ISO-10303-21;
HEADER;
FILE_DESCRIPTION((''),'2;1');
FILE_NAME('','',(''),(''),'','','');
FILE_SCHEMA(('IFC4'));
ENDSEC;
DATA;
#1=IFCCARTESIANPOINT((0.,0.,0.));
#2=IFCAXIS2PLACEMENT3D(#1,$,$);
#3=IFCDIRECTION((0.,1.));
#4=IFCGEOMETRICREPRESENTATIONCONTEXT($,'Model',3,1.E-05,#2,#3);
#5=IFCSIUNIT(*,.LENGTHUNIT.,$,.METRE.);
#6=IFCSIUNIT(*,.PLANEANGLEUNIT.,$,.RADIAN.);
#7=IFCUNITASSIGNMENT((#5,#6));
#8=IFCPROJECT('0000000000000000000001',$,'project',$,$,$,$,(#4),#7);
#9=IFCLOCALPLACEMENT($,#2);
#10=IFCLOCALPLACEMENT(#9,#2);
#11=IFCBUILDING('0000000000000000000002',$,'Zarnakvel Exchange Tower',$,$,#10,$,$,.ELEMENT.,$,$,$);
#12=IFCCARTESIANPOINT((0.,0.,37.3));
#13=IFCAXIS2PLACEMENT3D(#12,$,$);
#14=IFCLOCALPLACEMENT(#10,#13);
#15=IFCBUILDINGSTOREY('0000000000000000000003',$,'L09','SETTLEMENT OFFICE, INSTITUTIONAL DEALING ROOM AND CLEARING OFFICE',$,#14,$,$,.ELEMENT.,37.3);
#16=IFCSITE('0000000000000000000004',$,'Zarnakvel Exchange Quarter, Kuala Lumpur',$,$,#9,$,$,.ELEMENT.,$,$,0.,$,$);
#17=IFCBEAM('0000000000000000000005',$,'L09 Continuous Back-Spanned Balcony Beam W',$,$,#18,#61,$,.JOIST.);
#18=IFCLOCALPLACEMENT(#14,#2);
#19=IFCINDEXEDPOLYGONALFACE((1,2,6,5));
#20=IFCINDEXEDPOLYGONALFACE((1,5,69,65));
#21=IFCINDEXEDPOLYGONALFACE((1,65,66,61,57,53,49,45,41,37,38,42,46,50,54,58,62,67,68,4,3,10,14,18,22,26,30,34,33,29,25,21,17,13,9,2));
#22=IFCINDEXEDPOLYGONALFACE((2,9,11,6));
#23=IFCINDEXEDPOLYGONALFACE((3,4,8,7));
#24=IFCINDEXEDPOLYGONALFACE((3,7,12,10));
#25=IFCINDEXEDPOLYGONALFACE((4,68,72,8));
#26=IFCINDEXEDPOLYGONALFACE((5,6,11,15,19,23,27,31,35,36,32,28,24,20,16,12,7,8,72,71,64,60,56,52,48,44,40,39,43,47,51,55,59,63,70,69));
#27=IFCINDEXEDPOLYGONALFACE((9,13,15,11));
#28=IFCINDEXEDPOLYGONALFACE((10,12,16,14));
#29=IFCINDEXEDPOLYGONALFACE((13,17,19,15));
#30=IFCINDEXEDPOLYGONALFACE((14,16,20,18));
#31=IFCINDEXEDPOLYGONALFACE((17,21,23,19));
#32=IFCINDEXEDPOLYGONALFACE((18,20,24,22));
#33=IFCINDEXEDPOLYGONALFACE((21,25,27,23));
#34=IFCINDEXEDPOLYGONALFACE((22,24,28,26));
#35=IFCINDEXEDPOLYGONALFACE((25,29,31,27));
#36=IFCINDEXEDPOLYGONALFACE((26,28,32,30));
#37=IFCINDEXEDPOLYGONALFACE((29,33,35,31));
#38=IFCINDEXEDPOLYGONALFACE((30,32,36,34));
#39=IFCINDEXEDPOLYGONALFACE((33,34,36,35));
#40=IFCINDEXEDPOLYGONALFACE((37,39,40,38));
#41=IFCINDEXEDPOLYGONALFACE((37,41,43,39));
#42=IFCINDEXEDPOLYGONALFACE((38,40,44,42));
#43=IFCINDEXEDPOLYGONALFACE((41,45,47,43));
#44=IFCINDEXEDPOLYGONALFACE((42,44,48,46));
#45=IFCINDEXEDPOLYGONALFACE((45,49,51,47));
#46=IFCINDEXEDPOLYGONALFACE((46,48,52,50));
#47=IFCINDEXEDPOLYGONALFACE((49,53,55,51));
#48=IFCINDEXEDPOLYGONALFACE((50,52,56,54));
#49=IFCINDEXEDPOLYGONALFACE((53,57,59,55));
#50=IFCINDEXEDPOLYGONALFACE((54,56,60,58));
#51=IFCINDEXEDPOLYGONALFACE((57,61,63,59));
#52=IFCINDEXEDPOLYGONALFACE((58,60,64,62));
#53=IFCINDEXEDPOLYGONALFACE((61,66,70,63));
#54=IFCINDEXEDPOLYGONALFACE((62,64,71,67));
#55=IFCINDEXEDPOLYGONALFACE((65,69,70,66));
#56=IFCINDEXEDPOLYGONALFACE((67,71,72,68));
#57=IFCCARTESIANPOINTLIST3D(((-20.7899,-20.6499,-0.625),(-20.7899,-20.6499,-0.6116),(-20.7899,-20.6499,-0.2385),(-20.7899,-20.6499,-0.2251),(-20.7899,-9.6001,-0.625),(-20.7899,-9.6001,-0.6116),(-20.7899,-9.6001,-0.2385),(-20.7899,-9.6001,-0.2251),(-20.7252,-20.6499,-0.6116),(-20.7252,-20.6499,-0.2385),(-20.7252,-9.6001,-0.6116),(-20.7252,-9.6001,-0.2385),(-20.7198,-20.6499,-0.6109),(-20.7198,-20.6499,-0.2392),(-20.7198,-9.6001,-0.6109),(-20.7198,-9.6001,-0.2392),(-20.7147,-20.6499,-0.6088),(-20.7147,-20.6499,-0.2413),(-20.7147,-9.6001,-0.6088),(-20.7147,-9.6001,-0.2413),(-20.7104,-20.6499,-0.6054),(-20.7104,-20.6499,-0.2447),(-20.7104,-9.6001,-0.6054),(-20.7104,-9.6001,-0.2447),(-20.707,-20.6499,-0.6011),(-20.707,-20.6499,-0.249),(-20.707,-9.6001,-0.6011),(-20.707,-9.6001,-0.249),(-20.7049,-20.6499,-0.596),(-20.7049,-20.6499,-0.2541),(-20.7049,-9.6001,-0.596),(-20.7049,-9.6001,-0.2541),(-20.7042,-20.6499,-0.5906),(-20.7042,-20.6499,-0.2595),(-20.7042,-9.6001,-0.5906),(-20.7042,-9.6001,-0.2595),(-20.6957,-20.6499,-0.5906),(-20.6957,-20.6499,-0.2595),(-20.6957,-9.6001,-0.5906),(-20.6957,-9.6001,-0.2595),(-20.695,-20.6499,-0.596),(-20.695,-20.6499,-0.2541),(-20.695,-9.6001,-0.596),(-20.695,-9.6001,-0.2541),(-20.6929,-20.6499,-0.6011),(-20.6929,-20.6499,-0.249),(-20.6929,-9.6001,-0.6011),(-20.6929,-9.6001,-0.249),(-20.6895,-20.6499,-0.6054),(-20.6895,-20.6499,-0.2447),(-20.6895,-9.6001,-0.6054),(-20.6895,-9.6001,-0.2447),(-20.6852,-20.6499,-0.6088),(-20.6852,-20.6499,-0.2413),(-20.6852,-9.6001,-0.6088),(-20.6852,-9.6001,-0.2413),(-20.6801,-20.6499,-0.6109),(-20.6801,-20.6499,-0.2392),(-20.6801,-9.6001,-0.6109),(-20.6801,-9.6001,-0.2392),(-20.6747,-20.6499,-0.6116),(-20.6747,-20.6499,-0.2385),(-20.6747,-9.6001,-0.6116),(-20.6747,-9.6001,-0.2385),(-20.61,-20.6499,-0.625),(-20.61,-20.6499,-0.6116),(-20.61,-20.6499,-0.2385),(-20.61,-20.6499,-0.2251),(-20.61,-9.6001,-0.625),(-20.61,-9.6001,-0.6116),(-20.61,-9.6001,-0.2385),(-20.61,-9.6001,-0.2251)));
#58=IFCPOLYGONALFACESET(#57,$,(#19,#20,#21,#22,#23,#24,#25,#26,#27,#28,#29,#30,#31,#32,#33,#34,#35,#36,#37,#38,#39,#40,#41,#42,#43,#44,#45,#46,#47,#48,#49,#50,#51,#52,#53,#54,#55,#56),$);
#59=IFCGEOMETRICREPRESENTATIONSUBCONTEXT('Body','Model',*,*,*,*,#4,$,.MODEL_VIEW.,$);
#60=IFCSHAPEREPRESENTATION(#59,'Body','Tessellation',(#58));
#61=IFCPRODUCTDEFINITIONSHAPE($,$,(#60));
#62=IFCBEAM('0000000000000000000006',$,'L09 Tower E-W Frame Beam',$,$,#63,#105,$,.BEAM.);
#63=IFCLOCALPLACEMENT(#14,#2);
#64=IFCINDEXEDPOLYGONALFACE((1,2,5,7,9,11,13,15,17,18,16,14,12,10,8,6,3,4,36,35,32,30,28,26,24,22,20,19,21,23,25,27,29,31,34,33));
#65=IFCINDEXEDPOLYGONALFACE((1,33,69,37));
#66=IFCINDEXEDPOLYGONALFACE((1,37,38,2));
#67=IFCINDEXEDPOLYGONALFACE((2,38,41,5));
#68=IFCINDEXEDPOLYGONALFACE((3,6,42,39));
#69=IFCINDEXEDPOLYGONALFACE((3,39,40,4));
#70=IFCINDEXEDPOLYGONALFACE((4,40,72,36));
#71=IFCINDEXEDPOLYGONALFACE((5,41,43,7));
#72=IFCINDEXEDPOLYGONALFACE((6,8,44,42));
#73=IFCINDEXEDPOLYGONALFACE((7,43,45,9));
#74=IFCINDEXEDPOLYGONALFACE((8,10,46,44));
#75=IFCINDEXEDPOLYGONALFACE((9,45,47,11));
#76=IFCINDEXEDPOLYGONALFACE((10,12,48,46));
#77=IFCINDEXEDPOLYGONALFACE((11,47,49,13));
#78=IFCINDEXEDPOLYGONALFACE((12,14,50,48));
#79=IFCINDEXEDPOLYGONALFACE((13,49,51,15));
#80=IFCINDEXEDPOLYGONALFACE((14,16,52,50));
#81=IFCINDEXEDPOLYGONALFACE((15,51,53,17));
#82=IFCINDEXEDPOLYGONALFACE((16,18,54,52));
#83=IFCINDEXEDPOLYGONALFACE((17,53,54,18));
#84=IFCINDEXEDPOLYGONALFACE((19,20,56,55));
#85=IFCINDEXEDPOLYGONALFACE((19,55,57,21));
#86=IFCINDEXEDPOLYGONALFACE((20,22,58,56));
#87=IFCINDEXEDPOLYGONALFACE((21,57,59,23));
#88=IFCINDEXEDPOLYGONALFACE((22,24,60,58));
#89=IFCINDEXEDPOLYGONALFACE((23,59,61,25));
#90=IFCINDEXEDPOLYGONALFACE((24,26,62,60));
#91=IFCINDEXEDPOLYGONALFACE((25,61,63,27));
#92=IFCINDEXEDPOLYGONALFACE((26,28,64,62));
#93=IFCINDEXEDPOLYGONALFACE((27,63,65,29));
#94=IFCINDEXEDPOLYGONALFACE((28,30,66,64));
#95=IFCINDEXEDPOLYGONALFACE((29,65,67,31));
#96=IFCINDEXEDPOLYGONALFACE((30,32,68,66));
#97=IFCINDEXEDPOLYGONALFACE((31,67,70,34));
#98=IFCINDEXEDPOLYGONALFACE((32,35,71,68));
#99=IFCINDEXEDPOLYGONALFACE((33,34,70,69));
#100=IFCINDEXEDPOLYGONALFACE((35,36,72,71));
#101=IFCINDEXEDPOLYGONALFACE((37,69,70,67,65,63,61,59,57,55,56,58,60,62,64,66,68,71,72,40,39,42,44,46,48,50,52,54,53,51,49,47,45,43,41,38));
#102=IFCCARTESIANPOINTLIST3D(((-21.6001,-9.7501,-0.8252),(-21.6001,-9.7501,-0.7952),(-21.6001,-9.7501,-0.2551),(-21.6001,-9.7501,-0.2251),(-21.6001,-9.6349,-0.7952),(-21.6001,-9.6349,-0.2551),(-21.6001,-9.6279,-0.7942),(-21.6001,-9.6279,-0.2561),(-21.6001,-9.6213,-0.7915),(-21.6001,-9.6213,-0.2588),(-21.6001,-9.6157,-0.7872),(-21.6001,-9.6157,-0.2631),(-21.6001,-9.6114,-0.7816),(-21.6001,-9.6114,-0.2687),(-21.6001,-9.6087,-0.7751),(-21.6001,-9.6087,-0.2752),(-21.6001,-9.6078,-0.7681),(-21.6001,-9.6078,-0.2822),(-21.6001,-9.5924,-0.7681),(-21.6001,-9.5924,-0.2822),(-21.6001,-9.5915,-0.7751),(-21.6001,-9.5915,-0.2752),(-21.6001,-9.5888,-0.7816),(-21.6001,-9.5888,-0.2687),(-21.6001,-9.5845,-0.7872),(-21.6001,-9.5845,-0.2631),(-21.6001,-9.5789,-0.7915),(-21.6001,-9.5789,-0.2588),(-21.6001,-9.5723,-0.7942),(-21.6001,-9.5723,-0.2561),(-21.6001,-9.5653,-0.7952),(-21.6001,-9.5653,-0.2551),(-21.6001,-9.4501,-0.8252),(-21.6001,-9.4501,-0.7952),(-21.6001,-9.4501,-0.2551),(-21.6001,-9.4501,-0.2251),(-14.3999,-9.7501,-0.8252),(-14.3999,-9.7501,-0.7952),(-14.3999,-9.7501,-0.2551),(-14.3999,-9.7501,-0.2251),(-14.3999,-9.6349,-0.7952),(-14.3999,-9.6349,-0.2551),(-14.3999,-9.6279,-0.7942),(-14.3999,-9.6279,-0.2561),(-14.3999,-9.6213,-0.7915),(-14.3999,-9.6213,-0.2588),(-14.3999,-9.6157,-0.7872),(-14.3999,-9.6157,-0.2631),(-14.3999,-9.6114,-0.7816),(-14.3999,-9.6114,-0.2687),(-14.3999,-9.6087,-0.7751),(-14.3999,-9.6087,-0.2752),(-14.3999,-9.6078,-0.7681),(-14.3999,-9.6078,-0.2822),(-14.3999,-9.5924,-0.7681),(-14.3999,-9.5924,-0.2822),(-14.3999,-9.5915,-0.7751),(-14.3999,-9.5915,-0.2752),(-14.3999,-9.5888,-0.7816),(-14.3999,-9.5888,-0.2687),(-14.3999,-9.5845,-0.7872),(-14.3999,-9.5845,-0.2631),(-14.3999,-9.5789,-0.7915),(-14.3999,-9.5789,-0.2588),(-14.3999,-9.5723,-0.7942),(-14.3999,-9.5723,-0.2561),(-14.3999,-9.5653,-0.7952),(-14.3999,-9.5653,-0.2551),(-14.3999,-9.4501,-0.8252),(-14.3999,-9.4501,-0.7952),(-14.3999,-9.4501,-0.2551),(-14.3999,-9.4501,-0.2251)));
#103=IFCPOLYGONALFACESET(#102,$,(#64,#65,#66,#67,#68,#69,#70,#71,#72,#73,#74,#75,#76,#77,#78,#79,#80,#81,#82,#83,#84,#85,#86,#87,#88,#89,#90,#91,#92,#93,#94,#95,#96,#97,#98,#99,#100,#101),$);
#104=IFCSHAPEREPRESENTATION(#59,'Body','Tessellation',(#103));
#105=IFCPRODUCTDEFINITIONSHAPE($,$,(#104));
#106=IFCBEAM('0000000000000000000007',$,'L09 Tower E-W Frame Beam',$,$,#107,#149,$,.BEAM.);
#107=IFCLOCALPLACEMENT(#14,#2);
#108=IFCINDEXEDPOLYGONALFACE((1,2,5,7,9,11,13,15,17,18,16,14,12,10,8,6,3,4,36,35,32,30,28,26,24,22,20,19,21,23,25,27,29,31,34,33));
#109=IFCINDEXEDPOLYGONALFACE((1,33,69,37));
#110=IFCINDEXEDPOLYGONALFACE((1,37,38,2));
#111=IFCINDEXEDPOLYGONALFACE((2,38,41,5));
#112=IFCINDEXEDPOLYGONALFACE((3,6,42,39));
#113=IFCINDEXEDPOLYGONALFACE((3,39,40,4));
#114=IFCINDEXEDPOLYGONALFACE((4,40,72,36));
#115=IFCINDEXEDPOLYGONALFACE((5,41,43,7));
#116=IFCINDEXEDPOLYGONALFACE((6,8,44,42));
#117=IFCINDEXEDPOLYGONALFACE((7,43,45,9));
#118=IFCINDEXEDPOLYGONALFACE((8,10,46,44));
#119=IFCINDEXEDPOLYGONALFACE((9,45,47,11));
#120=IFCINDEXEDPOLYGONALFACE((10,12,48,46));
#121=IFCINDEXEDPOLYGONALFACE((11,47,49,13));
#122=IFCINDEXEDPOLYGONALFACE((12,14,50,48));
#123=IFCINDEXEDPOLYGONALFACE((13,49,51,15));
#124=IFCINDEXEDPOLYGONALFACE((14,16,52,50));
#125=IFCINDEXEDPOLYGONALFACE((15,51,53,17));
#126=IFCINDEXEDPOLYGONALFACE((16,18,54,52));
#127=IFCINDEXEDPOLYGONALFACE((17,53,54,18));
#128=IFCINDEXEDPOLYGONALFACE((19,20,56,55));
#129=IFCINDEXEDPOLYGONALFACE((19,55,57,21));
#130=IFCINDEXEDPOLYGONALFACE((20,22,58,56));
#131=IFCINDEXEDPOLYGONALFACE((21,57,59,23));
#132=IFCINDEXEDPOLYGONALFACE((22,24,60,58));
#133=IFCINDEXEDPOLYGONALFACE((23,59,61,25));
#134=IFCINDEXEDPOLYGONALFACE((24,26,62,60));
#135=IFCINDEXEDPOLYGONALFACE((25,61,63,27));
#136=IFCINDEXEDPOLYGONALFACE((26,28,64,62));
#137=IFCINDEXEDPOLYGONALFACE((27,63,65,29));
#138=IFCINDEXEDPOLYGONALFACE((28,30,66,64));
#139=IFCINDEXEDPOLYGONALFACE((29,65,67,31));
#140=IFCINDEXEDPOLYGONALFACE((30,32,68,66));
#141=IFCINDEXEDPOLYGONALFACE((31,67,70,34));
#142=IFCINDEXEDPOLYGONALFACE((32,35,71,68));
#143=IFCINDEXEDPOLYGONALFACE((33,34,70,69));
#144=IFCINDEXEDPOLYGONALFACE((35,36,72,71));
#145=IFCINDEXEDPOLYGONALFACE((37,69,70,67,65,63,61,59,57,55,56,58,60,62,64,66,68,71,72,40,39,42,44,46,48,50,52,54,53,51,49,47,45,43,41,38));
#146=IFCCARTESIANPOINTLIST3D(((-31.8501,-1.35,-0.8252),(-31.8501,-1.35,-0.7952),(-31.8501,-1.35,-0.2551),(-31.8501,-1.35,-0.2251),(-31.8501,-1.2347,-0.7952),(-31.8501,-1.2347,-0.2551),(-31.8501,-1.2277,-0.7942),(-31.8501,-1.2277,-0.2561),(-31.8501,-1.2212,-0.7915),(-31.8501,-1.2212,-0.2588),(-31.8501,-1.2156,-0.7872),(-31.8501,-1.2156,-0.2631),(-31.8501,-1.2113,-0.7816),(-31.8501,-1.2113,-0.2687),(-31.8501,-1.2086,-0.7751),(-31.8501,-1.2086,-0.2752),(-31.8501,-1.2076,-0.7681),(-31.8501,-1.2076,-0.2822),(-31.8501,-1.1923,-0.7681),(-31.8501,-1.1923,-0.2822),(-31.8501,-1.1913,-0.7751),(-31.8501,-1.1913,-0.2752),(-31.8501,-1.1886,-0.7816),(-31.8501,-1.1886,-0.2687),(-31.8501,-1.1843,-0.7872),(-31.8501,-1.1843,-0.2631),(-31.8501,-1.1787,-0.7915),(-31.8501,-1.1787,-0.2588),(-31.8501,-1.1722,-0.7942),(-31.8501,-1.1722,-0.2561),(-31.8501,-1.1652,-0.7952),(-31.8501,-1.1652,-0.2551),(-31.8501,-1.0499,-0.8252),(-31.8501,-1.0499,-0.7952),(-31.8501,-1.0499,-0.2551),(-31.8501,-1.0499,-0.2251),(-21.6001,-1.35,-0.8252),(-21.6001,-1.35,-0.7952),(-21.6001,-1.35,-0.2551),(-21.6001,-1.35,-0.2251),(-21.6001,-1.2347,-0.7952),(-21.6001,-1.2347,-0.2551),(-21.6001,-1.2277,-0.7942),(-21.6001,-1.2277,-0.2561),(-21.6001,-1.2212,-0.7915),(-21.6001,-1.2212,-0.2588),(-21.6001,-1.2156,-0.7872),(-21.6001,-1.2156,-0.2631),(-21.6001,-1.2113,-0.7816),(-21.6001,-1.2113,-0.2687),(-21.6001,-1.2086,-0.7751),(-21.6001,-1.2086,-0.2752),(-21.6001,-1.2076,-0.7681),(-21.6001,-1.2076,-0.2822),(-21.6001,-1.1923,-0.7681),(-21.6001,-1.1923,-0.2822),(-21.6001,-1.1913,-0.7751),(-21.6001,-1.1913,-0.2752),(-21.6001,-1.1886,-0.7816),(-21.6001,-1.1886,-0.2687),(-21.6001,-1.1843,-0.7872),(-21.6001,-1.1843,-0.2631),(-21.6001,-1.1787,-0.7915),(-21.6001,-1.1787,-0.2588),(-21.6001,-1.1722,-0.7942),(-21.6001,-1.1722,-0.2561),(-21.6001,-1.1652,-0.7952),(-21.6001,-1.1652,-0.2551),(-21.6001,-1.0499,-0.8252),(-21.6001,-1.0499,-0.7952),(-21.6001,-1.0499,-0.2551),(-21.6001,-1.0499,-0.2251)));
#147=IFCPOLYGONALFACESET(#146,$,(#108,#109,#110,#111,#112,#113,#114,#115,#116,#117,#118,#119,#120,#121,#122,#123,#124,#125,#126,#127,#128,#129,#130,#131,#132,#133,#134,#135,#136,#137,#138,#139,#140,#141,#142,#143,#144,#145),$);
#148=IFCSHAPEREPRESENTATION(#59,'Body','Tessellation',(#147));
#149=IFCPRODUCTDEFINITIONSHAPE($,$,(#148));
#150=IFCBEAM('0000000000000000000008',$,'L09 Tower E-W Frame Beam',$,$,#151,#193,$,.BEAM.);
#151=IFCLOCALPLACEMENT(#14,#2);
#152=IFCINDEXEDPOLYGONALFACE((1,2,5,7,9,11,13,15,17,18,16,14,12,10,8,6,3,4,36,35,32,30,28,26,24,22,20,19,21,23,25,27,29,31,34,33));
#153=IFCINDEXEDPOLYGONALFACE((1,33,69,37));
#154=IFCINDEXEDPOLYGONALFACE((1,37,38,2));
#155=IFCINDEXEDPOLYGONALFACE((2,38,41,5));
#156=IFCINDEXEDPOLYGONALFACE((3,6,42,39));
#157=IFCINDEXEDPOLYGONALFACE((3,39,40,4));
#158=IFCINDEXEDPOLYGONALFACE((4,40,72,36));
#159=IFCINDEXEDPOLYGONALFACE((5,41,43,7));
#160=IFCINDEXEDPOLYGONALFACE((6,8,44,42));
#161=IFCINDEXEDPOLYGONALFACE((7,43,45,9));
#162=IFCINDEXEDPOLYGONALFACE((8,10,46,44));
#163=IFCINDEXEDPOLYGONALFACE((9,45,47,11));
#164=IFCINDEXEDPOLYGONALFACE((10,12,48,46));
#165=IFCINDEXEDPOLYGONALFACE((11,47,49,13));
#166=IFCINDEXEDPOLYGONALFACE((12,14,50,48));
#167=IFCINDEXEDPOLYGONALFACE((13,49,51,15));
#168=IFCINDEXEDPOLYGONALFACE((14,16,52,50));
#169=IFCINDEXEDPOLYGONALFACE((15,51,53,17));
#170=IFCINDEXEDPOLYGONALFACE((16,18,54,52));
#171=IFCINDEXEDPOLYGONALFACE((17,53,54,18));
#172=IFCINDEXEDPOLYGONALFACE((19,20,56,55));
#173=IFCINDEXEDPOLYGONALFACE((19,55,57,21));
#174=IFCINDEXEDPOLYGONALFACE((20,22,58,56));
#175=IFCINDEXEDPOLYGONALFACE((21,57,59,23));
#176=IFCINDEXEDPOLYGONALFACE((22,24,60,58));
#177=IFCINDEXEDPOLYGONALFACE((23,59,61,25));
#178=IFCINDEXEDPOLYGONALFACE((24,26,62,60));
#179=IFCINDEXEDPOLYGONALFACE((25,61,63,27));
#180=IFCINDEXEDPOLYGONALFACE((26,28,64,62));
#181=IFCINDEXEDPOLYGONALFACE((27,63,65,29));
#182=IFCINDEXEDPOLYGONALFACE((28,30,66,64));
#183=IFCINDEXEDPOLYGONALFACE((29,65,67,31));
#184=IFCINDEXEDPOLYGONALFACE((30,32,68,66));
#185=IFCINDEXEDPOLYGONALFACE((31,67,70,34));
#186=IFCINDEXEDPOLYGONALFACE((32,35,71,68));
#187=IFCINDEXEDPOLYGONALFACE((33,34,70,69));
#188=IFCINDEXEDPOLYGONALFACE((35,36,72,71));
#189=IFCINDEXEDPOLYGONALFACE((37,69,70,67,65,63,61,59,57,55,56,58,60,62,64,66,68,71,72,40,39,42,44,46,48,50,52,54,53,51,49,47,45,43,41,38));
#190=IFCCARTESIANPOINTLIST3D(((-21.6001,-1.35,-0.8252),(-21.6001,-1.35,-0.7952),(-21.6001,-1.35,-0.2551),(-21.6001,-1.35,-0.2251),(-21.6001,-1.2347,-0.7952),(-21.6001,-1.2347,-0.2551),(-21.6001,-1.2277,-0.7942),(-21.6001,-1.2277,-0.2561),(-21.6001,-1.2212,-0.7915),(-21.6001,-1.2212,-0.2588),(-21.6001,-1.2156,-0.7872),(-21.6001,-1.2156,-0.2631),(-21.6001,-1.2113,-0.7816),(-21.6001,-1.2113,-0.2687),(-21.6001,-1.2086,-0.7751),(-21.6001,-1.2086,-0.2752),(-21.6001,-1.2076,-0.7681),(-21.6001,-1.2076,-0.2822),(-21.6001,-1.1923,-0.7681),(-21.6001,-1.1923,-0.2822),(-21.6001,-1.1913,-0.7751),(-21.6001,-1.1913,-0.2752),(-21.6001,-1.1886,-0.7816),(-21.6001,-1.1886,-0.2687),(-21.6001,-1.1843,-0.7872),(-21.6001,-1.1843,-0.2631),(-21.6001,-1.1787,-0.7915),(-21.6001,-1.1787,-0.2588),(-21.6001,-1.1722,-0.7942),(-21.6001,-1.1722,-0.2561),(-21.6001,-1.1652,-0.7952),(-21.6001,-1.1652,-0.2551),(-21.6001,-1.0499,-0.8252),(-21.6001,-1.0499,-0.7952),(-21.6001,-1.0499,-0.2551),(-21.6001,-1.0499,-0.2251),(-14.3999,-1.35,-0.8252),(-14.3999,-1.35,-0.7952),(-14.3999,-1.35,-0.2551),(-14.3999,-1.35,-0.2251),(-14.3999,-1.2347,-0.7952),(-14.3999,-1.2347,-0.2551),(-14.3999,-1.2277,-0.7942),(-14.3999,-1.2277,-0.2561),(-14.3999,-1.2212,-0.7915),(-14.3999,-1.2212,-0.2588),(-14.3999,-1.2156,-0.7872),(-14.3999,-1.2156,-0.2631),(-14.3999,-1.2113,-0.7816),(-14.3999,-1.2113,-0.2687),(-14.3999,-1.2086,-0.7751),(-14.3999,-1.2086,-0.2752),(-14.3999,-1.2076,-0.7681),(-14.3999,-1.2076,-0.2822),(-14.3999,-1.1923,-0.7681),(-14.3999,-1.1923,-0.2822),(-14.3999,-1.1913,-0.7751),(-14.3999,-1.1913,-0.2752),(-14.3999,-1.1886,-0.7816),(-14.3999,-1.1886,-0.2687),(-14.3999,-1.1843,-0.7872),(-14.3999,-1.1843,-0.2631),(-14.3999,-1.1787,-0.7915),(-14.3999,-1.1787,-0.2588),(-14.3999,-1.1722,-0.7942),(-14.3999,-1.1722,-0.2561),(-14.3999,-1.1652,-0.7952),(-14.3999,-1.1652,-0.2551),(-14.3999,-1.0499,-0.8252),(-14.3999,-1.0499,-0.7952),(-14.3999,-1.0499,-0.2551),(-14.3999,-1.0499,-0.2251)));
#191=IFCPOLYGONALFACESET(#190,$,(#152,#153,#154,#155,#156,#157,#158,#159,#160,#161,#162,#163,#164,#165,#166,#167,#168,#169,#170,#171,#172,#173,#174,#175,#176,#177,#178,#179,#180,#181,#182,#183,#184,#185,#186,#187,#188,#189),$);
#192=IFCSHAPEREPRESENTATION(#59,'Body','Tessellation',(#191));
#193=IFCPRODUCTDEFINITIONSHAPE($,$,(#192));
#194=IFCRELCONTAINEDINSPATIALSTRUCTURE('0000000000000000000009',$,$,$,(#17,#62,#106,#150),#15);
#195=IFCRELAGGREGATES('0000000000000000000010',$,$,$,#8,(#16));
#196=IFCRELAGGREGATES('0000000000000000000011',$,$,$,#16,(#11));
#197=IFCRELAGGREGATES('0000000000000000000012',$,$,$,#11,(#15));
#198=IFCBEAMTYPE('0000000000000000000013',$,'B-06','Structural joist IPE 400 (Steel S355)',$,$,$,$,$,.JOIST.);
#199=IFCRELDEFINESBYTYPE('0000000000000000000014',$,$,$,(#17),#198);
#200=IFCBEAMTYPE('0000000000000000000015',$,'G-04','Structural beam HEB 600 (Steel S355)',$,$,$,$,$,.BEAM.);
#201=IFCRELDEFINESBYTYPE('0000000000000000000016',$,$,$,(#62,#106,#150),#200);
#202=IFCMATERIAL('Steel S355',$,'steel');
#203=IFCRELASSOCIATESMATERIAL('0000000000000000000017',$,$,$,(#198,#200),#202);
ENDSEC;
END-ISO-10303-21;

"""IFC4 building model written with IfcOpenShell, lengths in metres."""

from ifc_helpers import new_model, si_unit, direction, frame, origin, origin_2d, place, context, subcontext, project, spatial, i_section, extrude, material, material_profile, profile_set, type_object, element, save


model = new_model("IFC4")

# Units and contexts
model_context = context("Model", 3, precision=1e-05, world=origin(), true_north=direction((0.0, 1.0)))
body_context = subcontext(model_context, "Body", "Model", "MODEL_VIEW")
ifc_project = project(units=[si_unit("LENGTHUNIT", "METRE"), si_unit("PLANEANGLEUNIT", "RADIAN")], contexts=[model_context])

# Site, building, storey
site_placement = place(None, origin())
site = spatial("IfcSite", under=ifc_project, at=site_placement, Name="Zarnakvel Exchange Quarter, Kuala Lumpur", CompositionType="ELEMENT", RefElevation=0.0)
building_placement = place(site_placement, origin())
building = spatial("IfcBuilding", under=site, at=building_placement, Name="Zarnakvel Exchange Tower", CompositionType="ELEMENT")
storey_placement = place(building_placement, frame((0.0, 0.0, 37.3)))
storey = spatial("IfcBuildingStorey", under=building, at=storey_placement, Name="L09", Description="SETTLEMENT OFFICE, INSTITUTIONAL DEALING ROOM AND CLEARING OFFICE", CompositionType="ELEMENT", Elevation=37.3)

# Shared definitions
ifc_material_1 = material(Name="Steel S355", Category="steel")

# Beams
ifc_material_profile_1 = material_profile(ifc_material_1, i_section(OverallWidth=0.1799, OverallDepth=0.3999, WebThickness=0.0085, FlangeThickness=0.0134, FilletRadius=0.021, at=origin_2d()))
ifc_profile_set_1 = profile_set([ifc_material_profile_1], Name="Steel S355")
beam_type_1 = type_object("IfcBeamType", Name="B-06", Description="Structural joist IPE 400 (Steel S355)", PredefinedType="JOIST", material=ifc_profile_set_1)
beam_1_placement = place(storey_placement, frame((-20.7, -9.6001, -0.425), z_axis=(0.0, -1.0, 0.0), x_axis=(1.0, 0.0, 0.0)))
element("IfcBeam", 1, at=beam_1_placement, inside=storey, type_object=beam_type_1, Name="L09 Continuous Back-Spanned Balcony Beam W", PredefinedType="JOIST", context=body_context, shape_type="SweptSolid", body=[
    extrude(i_section(OverallWidth=0.1799, OverallDepth=0.3999, WebThickness=0.0085, FlangeThickness=0.0134, FilletRadius=0.021, at=origin_2d()), origin(), (0.0, 0.0, 1.0), 11.0498),
])
ifc_material_profile_2 = material_profile(ifc_material_1, i_section(OverallWidth=0.3, OverallDepth=0.6001, WebThickness=0.0154, FlangeThickness=0.03, FilletRadius=0.0271, at=origin_2d()))
ifc_profile_set_2 = profile_set([ifc_material_profile_2], Name="Steel S355")
beam_type_2 = type_object("IfcBeamType", Name="G-04", Description="Structural beam HEB 600 (Steel S355)", PredefinedType="BEAM", material=ifc_profile_set_2)
beam_2_placement = place(storey_placement, frame((-21.6001, -9.6001, -0.5251), z_axis=(1.0, 0.0, 0.0), x_axis=(0.0, 1.0, 0.0)))
element("IfcBeam", 2, at=beam_2_placement, inside=storey, type_object=beam_type_2, Name="L09 Tower E-W Frame Beam", PredefinedType="BEAM", context=body_context, shape_type="SweptSolid", body=[
    extrude(i_section(OverallWidth=0.3, OverallDepth=0.6001, WebThickness=0.0154, FlangeThickness=0.03, FilletRadius=0.0271, at=origin_2d()), origin(), (0.0, 0.0, 1.0), 7.2002),
])
beam_3_placement = place(storey_placement, frame((-31.8501, -1.2, -0.5251), z_axis=(1.0, 0.0, 0.0), x_axis=(0.0, 1.0, 0.0)))
element("IfcBeam", 3, at=beam_3_placement, inside=storey, type_object=beam_type_2, Name="L09 Tower E-W Frame Beam", PredefinedType="BEAM", context=body_context, shape_type="SweptSolid", body=[
    extrude(i_section(OverallWidth=0.3, OverallDepth=0.6001, WebThickness=0.0154, FlangeThickness=0.03, FilletRadius=0.0271, at=origin_2d()), origin(), (0.0, 0.0, 1.0), 10.25),
])
beam_4_placement = place(storey_placement, frame((-21.6001, -1.2, -0.5251), z_axis=(1.0, 0.0, 0.0), x_axis=(0.0, 1.0, 0.0)))
element("IfcBeam", 4, at=beam_4_placement, inside=storey, type_object=beam_type_2, Name="L09 Tower E-W Frame Beam", PredefinedType="BEAM", context=body_context, shape_type="SweptSolid", body=[
    extrude(i_section(OverallWidth=0.3, OverallDepth=0.6001, WebThickness=0.0154, FlangeThickness=0.03, FilletRadius=0.0271, at=origin_2d()), origin(), (0.0, 0.0, 1.0), 7.2002),
])

save(model, "model.ifc")
